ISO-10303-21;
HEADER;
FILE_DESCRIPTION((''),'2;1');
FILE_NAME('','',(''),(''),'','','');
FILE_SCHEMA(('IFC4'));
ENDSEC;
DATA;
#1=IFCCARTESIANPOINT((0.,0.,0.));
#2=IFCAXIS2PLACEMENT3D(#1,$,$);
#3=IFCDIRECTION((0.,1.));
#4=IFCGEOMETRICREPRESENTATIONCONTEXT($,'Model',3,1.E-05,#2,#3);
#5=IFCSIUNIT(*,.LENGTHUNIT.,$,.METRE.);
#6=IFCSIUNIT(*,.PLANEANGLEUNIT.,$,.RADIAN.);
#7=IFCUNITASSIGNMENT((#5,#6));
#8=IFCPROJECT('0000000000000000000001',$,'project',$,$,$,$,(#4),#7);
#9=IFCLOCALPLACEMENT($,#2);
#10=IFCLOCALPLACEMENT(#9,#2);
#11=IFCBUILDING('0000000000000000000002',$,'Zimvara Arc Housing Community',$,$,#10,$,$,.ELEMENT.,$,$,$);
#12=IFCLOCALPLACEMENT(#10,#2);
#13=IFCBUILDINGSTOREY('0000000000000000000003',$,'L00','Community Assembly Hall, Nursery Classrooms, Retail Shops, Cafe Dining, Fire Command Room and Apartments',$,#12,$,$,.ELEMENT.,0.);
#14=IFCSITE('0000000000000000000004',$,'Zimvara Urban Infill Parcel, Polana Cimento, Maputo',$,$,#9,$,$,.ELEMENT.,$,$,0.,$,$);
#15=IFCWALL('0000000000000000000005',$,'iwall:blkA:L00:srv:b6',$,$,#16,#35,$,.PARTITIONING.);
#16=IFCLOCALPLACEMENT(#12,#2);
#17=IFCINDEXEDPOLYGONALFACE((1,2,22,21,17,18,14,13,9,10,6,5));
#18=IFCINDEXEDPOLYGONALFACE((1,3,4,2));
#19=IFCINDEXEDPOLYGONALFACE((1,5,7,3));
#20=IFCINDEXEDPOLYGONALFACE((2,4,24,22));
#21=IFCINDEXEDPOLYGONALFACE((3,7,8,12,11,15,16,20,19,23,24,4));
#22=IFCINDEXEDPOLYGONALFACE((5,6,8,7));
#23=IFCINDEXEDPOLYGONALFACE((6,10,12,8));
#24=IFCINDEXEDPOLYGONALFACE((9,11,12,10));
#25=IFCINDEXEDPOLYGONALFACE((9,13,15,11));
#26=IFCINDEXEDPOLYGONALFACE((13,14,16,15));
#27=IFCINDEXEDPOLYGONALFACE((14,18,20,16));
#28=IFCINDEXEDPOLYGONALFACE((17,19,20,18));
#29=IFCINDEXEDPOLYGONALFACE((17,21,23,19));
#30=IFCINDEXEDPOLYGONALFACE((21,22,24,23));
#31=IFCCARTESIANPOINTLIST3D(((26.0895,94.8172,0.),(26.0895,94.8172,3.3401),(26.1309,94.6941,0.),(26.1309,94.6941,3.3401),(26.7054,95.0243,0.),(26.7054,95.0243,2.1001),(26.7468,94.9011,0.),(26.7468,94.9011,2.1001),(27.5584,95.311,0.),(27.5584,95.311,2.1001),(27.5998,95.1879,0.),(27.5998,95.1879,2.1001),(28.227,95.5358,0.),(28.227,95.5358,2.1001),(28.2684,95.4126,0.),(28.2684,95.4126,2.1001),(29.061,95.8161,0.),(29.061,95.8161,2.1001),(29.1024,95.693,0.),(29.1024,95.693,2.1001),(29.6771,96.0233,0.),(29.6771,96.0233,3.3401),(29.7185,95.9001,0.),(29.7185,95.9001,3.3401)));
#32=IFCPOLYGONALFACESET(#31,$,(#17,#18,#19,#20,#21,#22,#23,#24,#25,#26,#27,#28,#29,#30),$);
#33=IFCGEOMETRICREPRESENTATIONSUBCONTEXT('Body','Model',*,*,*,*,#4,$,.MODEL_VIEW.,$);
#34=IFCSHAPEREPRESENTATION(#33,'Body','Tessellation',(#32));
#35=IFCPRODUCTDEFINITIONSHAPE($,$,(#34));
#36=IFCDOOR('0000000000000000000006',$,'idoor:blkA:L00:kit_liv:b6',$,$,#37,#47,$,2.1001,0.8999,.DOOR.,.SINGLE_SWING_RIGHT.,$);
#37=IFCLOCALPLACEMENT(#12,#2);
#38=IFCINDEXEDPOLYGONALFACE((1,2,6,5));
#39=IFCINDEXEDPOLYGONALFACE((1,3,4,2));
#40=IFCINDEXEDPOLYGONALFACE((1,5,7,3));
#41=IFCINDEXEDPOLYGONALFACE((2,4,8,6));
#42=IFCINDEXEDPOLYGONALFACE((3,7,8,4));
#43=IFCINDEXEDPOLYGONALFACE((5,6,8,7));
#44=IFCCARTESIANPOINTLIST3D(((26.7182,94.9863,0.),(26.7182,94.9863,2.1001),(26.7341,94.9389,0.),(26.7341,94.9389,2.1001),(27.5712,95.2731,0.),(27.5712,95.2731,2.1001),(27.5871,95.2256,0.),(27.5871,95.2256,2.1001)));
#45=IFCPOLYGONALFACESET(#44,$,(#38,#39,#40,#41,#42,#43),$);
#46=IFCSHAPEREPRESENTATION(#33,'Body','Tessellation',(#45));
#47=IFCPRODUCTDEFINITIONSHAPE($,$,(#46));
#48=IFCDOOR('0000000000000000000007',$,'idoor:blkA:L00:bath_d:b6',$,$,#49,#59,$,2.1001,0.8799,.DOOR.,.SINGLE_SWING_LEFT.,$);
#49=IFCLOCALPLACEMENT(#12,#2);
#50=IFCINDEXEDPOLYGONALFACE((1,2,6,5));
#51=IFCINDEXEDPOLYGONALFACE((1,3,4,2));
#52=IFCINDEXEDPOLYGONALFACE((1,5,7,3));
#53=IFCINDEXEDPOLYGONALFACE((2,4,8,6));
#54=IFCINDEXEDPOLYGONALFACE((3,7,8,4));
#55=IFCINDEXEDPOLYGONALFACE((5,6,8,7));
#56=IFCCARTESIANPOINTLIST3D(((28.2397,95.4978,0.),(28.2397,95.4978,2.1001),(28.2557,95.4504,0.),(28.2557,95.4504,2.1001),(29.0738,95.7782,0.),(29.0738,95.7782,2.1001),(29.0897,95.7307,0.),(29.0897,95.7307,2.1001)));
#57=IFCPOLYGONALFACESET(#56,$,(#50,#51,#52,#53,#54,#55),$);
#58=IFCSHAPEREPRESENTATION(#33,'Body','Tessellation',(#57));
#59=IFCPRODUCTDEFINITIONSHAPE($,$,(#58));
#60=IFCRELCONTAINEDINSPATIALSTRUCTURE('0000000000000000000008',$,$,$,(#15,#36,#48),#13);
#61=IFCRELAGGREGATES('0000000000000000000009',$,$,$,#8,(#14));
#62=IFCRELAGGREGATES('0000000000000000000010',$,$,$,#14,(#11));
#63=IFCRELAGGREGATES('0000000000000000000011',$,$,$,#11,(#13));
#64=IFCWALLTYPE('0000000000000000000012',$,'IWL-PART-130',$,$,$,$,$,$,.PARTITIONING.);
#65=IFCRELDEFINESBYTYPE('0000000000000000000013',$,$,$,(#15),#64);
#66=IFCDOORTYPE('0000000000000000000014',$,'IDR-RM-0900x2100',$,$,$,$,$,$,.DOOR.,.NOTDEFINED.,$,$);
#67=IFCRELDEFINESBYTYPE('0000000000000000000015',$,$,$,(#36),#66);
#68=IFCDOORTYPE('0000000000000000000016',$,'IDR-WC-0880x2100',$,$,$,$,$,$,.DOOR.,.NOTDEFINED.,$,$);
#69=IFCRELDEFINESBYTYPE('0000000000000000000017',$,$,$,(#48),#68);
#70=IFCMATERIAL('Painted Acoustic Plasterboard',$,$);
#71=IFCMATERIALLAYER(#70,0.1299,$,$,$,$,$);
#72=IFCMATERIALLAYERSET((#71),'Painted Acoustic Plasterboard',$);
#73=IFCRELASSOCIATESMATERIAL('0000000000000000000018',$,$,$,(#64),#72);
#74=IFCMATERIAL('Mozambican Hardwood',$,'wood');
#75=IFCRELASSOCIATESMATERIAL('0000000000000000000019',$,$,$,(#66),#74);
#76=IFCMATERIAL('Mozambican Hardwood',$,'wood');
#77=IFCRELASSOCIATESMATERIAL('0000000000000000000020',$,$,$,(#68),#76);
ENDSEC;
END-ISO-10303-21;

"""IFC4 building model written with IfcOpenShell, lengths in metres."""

from ifc_helpers import new_model, si_unit, direction, frame, frame_2d, origin, place, context, subcontext, project, spatial, rectangle, extrude, material, layer, layer_set, type_object, element, fill, save


model = new_model("IFC4")

# Units and contexts
model_context = context("Model", 3, precision=1e-05, world=origin(), true_north=direction((0.0, 1.0)))
body_context = subcontext(model_context, "Body", "Model", "MODEL_VIEW")
ifc_project = project(units=[si_unit("LENGTHUNIT", "METRE"), si_unit("PLANEANGLEUNIT", "RADIAN")], contexts=[model_context])

# Site, building, storey
site_placement = place(None, origin())
site = spatial("IfcSite", under=ifc_project, at=site_placement, Name="Zimvara Urban Infill Parcel, Polana Cimento, Maputo", CompositionType="ELEMENT", RefElevation=0.0)
building_placement = place(site_placement, origin())
building = spatial("IfcBuilding", under=site, at=building_placement, Name="Zimvara Arc Housing Community", CompositionType="ELEMENT")
storey_placement = place(building_placement, origin())
storey = spatial("IfcBuildingStorey", under=building, at=storey_placement, Name="L00", Description="Community Assembly Hall, Nursery Classrooms, Retail Shops, Cafe Dining, Fire Command Room and Apartments", CompositionType="ELEMENT", Elevation=0.0)

# Wall, openings, doors
ifc_material_1 = material(Name="Painted Acoustic Plasterboard")
ifc_layer_1 = layer(ifc_material_1, 0.1299)
ifc_layer_set_1 = layer_set([ifc_layer_1], Name="Painted Acoustic Plasterboard")
wall_type_1 = type_object("IfcWallType", Name="IWL-PART-130", PredefinedType="PARTITIONING", material=ifc_layer_set_1)
wall_1_placement = place(storey_placement, frame((26.1101, 94.7556, 0.0), z_axis=(0.0, 0.0, 1.0), x_axis=(0.947874, 0.318646, 0.0)))
wall_1 = element("IfcWall", 1, at=wall_1_placement, inside=storey, type_object=wall_type_1, Name="iwall:blkA:L00:srv:b6", PredefinedType="PARTITIONING", context=body_context, shape_type="SweptSolid", body=[
    extrude(rectangle(XDim=3.7849, YDim=0.1299, at=frame_2d((1.8926, 0.0))), origin(), (0.0, 0.0, 1.0), 3.3401),
])
opening_1_placement = place(wall_1_placement, frame((0.6499, 0.0, 0.0)))
opening_1 = element("IfcOpeningElement", 2, at=opening_1_placement, cuts=wall_1, PredefinedType="OPENING", context=body_context, shape_type="SweptSolid", body=[
    extrude(rectangle(XDim=0.8999, YDim=2.1001, at=frame_2d((0.45, 1.05))), frame((0.0, 0.075, 0.0), z_axis=(0.0, -1.0, 0.0), x_axis=(1.0, 0.0, 0.0)), (0.0, 0.0, 1.0), 0.1499),
])
opening_2_placement = place(wall_1_placement, frame((2.2551, 0.0, 0.0)))
opening_2 = element("IfcOpeningElement", 3, at=opening_2_placement, cuts=wall_1, PredefinedType="OPENING", context=body_context, shape_type="SweptSolid", body=[
    extrude(rectangle(XDim=0.8799, YDim=2.1001, at=frame_2d((0.4399, 1.05))), frame((0.0, 0.075, 0.0), z_axis=(0.0, -1.0, 0.0), x_axis=(1.0, 0.0, 0.0)), (0.0, 0.0, 1.0), 0.1499),
])
ifc_material_2 = material(Name="Mozambican Hardwood", Category="wood")
door_type_1 = type_object("IfcDoorType", Name="IDR-RM-0900x2100", OperationType="NOTDEFINED", PredefinedType="DOOR", material=ifc_material_2)
door_1_placement = place(opening_1_placement, origin())
door_1 = element("IfcDoor", 4, at=door_1_placement, inside=storey, type_object=door_type_1, Name="idoor:blkA:L00:kit_liv:b6", OperationType="SINGLE_SWING_RIGHT", OverallHeight=2.1001, OverallWidth=0.8999, PredefinedType="DOOR", context=body_context, shape_type="SweptSolid", body=[
    extrude(rectangle(XDim=0.8999, YDim=2.1001, at=frame_2d((0.45, 1.05))), frame((0.0, 0.0249, 0.0), z_axis=(0.0, -1.0, 0.0), x_axis=(1.0, 0.0, 0.0)), (0.0, 0.0, 1.0), 0.05),
])
fill(opening_1, door_1)
ifc_material_3 = material(Name="Mozambican Hardwood", Category="wood")
door_type_2 = type_object("IfcDoorType", Name="IDR-WC-0880x2100", OperationType="NOTDEFINED", PredefinedType="DOOR", material=ifc_material_3)
door_2_placement = place(opening_2_placement, origin())
door_2 = element("IfcDoor", 5, at=door_2_placement, inside=storey, type_object=door_type_2, Name="idoor:blkA:L00:bath_d:b6", OperationType="SINGLE_SWING_LEFT", OverallHeight=2.1001, OverallWidth=0.8799, PredefinedType="DOOR", context=body_context, shape_type="SweptSolid", body=[
    extrude(rectangle(XDim=0.8799, YDim=2.1001, at=frame_2d((0.4399, 1.05))), frame((0.0, 0.0249, 0.0), z_axis=(0.0, -1.0, 0.0), x_axis=(1.0, 0.0, 0.0)), (0.0, 0.0, 1.0), 0.05),
])
fill(opening_2, door_2)

save(model, "model.ifc")
